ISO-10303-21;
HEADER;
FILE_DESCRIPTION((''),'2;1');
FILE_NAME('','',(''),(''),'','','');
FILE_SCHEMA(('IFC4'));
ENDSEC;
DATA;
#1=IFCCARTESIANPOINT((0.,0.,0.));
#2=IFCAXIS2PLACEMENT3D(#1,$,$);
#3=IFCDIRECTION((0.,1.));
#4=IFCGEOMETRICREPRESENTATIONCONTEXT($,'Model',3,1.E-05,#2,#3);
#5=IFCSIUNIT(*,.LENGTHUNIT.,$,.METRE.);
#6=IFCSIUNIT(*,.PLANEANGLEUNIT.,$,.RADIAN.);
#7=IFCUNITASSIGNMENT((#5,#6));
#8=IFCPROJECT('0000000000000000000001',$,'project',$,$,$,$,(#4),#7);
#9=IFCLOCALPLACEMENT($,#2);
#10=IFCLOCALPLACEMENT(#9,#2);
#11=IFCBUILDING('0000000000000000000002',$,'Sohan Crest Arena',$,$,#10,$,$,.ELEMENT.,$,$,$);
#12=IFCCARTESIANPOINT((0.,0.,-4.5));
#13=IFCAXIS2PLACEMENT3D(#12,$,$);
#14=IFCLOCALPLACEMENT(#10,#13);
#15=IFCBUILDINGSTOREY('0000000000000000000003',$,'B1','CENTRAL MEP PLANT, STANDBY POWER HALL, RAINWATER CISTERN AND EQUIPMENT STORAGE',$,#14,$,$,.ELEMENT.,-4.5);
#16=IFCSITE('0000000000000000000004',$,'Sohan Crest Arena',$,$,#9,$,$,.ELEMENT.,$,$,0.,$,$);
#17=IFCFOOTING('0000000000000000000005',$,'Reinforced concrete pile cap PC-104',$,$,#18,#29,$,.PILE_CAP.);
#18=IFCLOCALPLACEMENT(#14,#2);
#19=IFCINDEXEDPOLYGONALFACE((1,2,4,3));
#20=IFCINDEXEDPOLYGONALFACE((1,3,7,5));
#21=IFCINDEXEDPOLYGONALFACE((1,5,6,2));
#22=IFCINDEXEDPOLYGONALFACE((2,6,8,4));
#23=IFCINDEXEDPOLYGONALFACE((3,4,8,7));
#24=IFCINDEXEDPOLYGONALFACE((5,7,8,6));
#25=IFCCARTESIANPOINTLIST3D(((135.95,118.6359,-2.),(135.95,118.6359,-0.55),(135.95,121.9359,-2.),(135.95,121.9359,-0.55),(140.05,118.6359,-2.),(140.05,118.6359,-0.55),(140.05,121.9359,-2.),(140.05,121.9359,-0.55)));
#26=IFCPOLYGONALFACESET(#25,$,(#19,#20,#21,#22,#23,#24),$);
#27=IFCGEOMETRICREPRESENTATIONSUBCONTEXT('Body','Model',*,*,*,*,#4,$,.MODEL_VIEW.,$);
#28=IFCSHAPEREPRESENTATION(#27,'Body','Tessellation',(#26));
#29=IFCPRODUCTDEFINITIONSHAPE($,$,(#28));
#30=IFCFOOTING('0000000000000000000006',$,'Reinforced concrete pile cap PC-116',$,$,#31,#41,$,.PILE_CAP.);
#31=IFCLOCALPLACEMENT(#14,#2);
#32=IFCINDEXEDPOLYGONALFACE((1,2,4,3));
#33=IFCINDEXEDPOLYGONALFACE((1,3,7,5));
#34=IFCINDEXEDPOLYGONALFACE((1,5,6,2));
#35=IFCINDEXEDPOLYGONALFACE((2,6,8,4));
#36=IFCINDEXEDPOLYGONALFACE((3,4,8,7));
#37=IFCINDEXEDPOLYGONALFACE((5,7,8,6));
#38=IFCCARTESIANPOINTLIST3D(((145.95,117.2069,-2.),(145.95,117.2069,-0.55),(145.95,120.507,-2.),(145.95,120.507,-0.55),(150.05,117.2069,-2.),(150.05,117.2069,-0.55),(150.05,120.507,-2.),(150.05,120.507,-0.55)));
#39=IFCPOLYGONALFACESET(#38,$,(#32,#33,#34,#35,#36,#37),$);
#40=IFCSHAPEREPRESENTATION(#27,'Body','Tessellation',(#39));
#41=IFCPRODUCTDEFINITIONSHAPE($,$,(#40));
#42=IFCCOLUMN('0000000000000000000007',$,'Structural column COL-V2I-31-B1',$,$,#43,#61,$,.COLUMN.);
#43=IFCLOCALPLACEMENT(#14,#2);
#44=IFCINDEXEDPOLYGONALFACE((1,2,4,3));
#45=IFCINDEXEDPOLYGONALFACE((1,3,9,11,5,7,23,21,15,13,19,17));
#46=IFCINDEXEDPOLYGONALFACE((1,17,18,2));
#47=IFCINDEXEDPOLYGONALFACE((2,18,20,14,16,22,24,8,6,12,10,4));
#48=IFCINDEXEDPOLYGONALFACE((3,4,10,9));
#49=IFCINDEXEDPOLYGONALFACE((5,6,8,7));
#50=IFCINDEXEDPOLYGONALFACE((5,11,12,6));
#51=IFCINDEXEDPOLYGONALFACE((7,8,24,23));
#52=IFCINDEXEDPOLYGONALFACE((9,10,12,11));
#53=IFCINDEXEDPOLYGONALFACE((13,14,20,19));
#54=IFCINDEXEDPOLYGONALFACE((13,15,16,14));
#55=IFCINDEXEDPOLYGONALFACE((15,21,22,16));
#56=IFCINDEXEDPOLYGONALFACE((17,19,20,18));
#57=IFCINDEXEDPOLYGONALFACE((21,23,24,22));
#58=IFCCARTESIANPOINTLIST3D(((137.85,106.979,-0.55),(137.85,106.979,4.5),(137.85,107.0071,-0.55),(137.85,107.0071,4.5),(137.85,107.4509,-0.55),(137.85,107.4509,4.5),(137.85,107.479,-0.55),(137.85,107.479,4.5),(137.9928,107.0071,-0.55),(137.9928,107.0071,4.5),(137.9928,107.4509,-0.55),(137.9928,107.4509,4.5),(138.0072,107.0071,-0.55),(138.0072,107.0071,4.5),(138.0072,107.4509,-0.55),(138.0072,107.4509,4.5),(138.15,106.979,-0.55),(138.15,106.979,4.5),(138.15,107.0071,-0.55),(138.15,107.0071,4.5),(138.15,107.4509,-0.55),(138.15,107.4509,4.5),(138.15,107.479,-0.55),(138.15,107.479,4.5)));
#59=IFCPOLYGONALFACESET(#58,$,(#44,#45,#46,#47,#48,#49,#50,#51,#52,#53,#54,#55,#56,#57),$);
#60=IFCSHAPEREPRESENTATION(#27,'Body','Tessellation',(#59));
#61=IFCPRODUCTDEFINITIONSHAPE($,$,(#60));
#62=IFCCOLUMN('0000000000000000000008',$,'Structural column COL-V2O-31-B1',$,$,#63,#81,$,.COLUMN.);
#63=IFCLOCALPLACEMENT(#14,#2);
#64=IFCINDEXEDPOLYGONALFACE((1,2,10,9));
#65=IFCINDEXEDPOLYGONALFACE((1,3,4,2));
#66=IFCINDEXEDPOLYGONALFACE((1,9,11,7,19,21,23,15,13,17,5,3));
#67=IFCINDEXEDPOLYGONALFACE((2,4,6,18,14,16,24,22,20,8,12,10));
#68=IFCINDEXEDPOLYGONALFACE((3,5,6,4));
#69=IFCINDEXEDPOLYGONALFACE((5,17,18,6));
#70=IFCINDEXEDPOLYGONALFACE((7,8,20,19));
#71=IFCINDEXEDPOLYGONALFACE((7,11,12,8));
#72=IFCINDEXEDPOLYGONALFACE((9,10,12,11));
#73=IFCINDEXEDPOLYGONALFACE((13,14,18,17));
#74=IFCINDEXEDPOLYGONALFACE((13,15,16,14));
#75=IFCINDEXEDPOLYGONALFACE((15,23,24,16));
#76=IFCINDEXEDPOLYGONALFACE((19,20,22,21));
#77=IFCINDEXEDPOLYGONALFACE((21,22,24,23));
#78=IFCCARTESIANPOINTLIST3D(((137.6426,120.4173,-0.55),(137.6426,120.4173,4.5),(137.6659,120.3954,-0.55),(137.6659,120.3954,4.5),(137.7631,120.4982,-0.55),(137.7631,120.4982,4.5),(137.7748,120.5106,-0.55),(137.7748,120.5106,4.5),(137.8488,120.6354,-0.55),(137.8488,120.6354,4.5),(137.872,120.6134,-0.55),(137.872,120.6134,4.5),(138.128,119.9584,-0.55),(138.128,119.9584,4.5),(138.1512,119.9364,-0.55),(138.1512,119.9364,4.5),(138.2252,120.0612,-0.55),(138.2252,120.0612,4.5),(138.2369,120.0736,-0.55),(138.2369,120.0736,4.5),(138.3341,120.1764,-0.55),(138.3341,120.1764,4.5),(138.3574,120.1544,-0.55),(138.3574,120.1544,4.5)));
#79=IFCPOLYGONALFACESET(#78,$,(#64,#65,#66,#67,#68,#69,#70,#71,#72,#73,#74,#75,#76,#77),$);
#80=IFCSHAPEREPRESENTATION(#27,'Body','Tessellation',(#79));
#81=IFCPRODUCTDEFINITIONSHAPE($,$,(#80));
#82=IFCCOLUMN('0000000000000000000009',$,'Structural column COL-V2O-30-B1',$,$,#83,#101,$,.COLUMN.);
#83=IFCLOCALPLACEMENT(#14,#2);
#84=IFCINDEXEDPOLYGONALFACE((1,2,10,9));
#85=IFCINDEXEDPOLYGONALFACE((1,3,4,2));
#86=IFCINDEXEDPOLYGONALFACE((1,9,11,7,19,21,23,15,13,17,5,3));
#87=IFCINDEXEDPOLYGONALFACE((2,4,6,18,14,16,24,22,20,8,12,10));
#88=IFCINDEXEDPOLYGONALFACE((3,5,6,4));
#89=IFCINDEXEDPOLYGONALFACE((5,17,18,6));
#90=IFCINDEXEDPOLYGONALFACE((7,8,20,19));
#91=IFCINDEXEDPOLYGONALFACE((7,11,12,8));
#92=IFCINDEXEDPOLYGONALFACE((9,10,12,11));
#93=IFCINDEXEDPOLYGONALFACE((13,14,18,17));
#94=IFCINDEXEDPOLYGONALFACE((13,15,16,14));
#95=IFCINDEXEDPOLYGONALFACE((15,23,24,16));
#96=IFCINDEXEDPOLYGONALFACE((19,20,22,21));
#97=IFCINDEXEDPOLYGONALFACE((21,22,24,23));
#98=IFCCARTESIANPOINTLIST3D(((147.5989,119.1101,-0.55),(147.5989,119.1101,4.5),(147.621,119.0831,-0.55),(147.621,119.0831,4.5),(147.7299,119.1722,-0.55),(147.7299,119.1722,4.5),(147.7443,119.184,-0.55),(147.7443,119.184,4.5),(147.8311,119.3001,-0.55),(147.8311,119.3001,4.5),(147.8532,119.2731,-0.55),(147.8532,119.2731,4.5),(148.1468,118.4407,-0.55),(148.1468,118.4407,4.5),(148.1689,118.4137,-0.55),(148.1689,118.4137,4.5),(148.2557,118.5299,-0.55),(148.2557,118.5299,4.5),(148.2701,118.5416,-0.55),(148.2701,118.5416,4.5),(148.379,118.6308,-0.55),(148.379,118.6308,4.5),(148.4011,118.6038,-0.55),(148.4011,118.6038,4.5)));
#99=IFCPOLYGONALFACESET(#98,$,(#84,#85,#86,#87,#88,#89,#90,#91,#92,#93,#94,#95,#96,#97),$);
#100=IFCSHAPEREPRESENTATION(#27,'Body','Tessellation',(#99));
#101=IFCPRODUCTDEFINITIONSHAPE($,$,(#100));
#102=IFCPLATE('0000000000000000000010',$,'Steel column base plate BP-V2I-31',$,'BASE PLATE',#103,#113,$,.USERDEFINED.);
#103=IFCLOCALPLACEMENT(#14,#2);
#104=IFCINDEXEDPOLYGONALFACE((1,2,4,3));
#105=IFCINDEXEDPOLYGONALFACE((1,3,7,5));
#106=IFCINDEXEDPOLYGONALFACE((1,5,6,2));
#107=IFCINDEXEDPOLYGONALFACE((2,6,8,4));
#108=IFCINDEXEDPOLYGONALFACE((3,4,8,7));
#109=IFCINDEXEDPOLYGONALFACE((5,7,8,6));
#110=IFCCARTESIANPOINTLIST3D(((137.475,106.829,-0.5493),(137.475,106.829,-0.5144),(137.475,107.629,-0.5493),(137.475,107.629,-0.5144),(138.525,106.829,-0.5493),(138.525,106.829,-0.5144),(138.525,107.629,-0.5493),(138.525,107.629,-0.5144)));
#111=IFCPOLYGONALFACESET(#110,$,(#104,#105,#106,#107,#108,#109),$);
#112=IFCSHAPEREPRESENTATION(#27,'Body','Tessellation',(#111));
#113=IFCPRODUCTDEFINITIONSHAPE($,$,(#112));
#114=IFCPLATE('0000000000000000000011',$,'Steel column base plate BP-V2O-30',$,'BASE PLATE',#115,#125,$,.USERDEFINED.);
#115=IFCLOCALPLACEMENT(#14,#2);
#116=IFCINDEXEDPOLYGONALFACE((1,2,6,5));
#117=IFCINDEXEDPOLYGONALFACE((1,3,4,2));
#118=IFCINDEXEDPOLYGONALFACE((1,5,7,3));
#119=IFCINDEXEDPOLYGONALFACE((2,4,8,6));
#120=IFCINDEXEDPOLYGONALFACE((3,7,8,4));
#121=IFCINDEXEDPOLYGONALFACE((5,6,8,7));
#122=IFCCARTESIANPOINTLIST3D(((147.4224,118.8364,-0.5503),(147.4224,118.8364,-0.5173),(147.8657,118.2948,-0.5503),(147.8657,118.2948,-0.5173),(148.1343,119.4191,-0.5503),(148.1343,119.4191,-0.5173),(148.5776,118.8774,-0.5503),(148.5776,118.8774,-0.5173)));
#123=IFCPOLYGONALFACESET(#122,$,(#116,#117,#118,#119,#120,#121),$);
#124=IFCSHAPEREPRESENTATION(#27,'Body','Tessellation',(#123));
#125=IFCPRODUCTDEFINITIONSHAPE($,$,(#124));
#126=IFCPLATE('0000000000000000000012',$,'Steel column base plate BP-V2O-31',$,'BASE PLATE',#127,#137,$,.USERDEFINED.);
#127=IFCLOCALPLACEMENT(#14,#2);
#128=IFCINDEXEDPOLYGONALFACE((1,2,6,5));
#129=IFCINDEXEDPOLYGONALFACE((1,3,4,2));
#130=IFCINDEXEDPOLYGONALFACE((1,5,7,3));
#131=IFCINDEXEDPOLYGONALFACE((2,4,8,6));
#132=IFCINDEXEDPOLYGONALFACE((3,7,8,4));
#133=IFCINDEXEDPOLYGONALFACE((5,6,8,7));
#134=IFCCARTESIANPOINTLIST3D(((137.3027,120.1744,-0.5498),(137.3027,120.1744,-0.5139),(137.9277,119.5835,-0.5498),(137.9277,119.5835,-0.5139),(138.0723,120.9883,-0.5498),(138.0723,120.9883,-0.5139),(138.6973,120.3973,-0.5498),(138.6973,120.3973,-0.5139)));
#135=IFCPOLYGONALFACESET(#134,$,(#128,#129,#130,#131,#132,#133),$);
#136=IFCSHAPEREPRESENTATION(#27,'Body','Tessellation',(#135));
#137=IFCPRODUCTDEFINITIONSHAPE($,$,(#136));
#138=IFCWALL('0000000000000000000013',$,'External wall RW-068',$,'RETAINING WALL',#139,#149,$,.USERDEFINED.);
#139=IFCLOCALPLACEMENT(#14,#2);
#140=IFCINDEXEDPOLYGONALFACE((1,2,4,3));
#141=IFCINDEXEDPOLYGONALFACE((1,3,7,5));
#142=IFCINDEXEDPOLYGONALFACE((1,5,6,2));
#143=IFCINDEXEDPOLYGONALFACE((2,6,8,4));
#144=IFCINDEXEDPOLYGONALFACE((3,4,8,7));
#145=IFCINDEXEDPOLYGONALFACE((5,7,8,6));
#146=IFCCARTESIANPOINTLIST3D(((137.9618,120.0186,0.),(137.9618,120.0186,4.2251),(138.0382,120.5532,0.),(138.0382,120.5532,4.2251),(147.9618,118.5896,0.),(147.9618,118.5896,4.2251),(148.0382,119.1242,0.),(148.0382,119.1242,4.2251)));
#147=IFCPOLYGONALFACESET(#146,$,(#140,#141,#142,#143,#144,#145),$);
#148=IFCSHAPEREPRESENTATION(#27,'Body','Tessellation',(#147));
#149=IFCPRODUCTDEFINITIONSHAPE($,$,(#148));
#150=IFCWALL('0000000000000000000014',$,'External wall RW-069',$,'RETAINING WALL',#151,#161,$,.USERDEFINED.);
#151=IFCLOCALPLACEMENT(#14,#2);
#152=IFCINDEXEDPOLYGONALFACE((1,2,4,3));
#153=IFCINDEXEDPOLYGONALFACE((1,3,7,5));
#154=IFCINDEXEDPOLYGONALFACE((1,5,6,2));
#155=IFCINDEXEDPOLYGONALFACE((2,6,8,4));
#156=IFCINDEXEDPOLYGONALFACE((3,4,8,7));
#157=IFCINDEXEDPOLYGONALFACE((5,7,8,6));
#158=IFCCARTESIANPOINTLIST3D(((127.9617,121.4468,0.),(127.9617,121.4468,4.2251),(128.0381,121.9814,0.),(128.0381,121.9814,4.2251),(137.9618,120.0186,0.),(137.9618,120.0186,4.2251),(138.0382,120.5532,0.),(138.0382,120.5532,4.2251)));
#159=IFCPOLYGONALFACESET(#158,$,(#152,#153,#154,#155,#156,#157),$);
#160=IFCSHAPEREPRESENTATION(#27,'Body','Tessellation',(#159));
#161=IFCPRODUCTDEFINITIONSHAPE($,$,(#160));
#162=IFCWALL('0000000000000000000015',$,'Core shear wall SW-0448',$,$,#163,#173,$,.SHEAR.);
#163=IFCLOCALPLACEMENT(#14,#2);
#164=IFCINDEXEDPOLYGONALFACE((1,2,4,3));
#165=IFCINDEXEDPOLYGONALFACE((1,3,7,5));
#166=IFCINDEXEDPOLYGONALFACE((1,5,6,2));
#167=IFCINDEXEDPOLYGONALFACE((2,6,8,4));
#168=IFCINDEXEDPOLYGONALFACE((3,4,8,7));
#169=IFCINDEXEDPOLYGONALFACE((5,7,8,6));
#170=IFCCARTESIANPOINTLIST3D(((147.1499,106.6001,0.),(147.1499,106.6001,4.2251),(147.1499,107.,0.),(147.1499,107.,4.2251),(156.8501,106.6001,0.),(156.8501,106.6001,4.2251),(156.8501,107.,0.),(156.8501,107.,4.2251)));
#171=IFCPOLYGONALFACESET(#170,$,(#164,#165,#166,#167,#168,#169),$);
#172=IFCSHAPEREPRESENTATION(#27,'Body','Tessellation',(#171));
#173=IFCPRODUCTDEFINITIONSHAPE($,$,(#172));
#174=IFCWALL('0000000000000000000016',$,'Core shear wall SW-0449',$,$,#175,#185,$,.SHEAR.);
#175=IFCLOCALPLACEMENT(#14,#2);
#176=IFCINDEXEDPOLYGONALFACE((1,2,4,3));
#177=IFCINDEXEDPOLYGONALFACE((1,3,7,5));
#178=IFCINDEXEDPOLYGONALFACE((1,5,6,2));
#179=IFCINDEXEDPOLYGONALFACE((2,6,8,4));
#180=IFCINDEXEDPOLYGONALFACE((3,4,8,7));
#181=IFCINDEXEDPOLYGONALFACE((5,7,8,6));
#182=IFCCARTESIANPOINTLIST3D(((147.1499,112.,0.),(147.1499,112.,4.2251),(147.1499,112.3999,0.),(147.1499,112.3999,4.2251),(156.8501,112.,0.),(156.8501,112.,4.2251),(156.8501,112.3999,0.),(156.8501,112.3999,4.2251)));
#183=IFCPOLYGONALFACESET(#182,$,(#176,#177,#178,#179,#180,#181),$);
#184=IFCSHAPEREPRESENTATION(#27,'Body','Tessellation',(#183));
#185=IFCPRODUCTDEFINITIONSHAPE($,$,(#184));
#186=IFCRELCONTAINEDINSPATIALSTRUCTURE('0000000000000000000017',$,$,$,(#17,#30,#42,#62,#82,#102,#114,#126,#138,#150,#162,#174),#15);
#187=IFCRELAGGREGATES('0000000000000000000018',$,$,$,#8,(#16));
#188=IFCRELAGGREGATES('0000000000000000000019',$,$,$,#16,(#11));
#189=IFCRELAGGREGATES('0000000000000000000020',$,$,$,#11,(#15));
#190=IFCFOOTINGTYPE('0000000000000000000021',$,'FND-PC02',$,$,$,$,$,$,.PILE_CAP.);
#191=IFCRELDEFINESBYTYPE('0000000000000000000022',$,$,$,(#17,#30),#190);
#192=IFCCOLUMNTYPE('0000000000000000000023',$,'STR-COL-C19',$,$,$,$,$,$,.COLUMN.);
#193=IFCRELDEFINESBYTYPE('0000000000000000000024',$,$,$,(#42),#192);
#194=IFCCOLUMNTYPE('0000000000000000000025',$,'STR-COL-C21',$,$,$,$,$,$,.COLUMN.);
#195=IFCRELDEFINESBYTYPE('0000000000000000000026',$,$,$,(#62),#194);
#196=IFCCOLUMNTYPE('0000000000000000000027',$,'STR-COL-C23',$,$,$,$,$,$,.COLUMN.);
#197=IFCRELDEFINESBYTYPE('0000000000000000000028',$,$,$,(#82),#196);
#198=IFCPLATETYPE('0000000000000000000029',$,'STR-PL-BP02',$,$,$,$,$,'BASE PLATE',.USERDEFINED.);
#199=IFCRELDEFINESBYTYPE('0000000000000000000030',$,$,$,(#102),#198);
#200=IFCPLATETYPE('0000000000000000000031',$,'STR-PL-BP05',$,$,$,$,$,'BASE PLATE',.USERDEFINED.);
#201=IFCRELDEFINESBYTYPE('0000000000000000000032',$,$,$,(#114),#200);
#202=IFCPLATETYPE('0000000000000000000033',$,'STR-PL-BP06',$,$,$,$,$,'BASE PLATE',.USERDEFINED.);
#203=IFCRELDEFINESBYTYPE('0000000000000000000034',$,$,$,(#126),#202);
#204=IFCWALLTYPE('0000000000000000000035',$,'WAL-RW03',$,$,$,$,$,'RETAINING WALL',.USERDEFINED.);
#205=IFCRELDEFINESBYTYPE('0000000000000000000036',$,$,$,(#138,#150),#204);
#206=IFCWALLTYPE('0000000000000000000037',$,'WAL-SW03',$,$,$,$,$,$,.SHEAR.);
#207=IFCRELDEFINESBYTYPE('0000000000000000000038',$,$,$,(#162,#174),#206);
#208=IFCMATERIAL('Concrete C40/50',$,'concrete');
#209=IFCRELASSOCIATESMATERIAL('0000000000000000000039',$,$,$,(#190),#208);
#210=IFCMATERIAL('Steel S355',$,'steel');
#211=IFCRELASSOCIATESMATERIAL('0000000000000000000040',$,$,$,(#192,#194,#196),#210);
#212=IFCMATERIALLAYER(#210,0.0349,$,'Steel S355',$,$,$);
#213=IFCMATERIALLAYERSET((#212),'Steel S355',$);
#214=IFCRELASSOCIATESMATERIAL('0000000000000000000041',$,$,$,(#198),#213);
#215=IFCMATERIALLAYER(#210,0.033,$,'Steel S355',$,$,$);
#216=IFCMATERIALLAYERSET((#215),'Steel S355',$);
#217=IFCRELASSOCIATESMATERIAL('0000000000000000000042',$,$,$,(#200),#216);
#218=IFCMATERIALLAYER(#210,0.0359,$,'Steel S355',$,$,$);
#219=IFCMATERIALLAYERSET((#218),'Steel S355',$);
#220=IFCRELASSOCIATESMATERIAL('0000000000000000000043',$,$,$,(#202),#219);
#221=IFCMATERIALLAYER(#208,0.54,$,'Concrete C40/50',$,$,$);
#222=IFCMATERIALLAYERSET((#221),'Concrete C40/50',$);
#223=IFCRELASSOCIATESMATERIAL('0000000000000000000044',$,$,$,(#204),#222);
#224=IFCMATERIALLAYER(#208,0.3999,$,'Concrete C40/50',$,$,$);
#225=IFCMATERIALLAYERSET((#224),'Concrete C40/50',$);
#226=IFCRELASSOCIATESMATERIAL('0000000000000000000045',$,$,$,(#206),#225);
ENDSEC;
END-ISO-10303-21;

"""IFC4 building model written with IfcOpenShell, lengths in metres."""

from ifc_helpers import new_model, si_unit, direction, frame, frame_2d, origin, origin_2d, place, context, subcontext, project, spatial, rectangle, i_section, extrude, material, layer, layer_set, material_profile, profile_set, type_object, element, save


model = new_model("IFC4")

# Units and contexts
model_context = context("Model", 3, precision=1e-05, world=origin(), true_north=direction((0.0, 1.0)))
body_context = subcontext(model_context, "Body", "Model", "MODEL_VIEW")
ifc_project = project(units=[si_unit("LENGTHUNIT", "METRE"), si_unit("PLANEANGLEUNIT", "RADIAN")], contexts=[model_context])

# Site, building, storey
site_placement = place(None, origin())
site = spatial("IfcSite", under=ifc_project, at=site_placement, Name="Sohan Crest Arena", CompositionType="ELEMENT", RefElevation=0.0)
building_placement = place(site_placement, origin())
building = spatial("IfcBuilding", under=site, at=building_placement, Name="Sohan Crest Arena", CompositionType="ELEMENT")
storey_placement = place(building_placement, frame((0.0, 0.0, -4.5)))
storey = spatial("IfcBuildingStorey", under=building, at=storey_placement, Name="B1", Description="CENTRAL MEP PLANT, STANDBY POWER HALL, RAINWATER CISTERN AND EQUIPMENT STORAGE", CompositionType="ELEMENT", Elevation=-4.5)

# Shared definitions
ifc_material_1 = material(Name="Concrete C40/50", Category="concrete")

# Footings
footing_type_1 = type_object("IfcFootingType", Name="FND-PC02", PredefinedType="PILE_CAP", material=ifc_material_1)
for number, where, z_axis, x_axis, name in (
    (1, (138.0, 120.2859, -2.0), (0.0, 0.0, 1.0), (1.0, 0.0, 0.0), "Reinforced concrete pile cap PC-104"),
    (2, (148.0, 118.8569, -2.0), (0.0, 0.0, 1.0), (1.0, 0.0, 0.0), "Reinforced concrete pile cap PC-116"),
):
    element("IfcFooting", number, at=place(storey_placement, frame(where, z_axis=z_axis, x_axis=x_axis)), inside=storey, type_object=footing_type_1, Name=name, PredefinedType="PILE_CAP", context=body_context, shape_type="SweptSolid", body=[
        extrude(rectangle(XDim=4.1001, YDim=3.3, at=origin_2d()), origin(), (0.0, 0.0, 1.0), 1.45),
    ])

# Columns
ifc_material_2 = material(Name="Steel S355", Category="steel")
ifc_material_profile_1 = material_profile(ifc_material_2, i_section(OverallWidth=0.3, OverallDepth=0.5, WebThickness=0.0144, FlangeThickness=0.0281, at=origin_2d()), Name="HEB 500")
ifc_profile_set_1 = profile_set([ifc_material_profile_1], Name="Steel S355")
column_type_1 = type_object("IfcColumnType", Name="STR-COL-C19", PredefinedType="COLUMN", material=ifc_profile_set_1)
column_1_placement = place(storey_placement, frame((138.0, 107.229, -0.55), z_axis=(0.0, 0.0, 1.0), x_axis=(1.0, 0.0, 0.0)))
element("IfcColumn", 3, at=column_1_placement, inside=storey, type_object=column_type_1, Name="Structural column COL-V2I-31-B1", PredefinedType="COLUMN", context=body_context, shape_type="SweptSolid", body=[
    extrude(i_section(OverallWidth=0.3, OverallDepth=0.5, WebThickness=0.0144, FlangeThickness=0.0281, at=origin_2d()), origin(), (0.0, 0.0, 1.0), 5.05),
])
ifc_material_profile_2 = material_profile(ifc_material_2, i_section(OverallWidth=0.3, OverallDepth=0.7, WebThickness=0.0171, FlangeThickness=0.032, at=origin_2d()), Name="HEB 700")
ifc_profile_set_2 = profile_set([ifc_material_profile_2], Name="Steel S355")
column_type_2 = type_object("IfcColumnType", Name="STR-COL-C21", PredefinedType="COLUMN", material=ifc_profile_set_2)
column_2_placement = place(storey_placement, frame((138.0, 120.2859, -0.55), z_axis=(0.0, 0.0, 1.0), x_axis=(0.687088, 0.726575, 0.0)))
element("IfcColumn", 4, at=column_2_placement, inside=storey, type_object=column_type_2, Name="Structural column COL-V2O-31-B1", PredefinedType="COLUMN", context=body_context, shape_type="SweptSolid", body=[
    extrude(i_section(OverallWidth=0.3, OverallDepth=0.7, WebThickness=0.0171, FlangeThickness=0.032, at=origin_2d()), origin(), (0.0, 0.0, 1.0), 5.05),
])
ifc_material_profile_3 = material_profile(ifc_material_2, i_section(OverallWidth=0.3, OverallDepth=0.8999, WebThickness=0.0186, FlangeThickness=0.0349, at=origin_2d()), Name="HEB 900")
ifc_profile_set_3 = profile_set([ifc_material_profile_3], Name="Steel S355")
column_type_3 = type_object("IfcColumnType", Name="STR-COL-C23", PredefinedType="COLUMN", material=ifc_profile_set_3)
column_3_placement = place(storey_placement, frame((148.0, 118.8569, -0.55), z_axis=(0.0, 0.0, 1.0), x_axis=(0.77384, 0.633381, 0.0)))
element("IfcColumn", 5, at=column_3_placement, inside=storey, type_object=column_type_3, Name="Structural column COL-V2O-30-B1", PredefinedType="COLUMN", context=body_context, shape_type="SweptSolid", body=[
    extrude(i_section(OverallWidth=0.3, OverallDepth=0.8999, WebThickness=0.0186, FlangeThickness=0.0349, at=origin_2d()), origin(), (0.0, 0.0, 1.0), 5.05),
])

# Plates
ifc_layer_1 = layer(ifc_material_2, 0.0349, Name="Steel S355")
ifc_layer_set_1 = layer_set([ifc_layer_1], Name="Steel S355")
plate_type_1 = type_object("IfcPlateType", Name="STR-PL-BP02", ElementType="BASE PLATE", PredefinedType="USERDEFINED", material=ifc_layer_set_1)
plate_1_placement = place(storey_placement, frame((138.0, 107.229, -0.5493), z_axis=(0.0, 0.0, 1.0), x_axis=(1.0, 0.0, 0.0)))
element("IfcPlate", 6, at=plate_1_placement, inside=storey, type_object=plate_type_1, Name="Steel column base plate BP-V2I-31", ObjectType="BASE PLATE", PredefinedType="USERDEFINED", context=body_context, shape_type="SweptSolid", body=[
    extrude(rectangle(XDim=1.05, YDim=0.8, at=origin_2d()), origin(), (0.0, 0.0, 1.0), 0.0349),
])
ifc_layer_2 = layer(ifc_material_2, 0.033, Name="Steel S355")
ifc_layer_set_2 = layer_set([ifc_layer_2], Name="Steel S355")
plate_type_2 = type_object("IfcPlateType", Name="STR-PL-BP05", ElementType="BASE PLATE", PredefinedType="USERDEFINED", material=ifc_layer_set_2)
plate_2_placement = place(storey_placement, frame((148.0, 118.8569, -0.5503), z_axis=(0.0, 0.0, 1.0), x_axis=(0.77384, 0.633381, 0.0)))
element("IfcPlate", 7, at=plate_2_placement, inside=storey, type_object=plate_type_2, Name="Steel column base plate BP-V2O-30", ObjectType="BASE PLATE", PredefinedType="USERDEFINED", context=body_context, shape_type="SweptSolid", body=[
    extrude(rectangle(XDim=0.9199, YDim=0.7, at=origin_2d()), origin(), (0.0, 0.0, 1.0), 0.033),
])
ifc_layer_3 = layer(ifc_material_2, 0.0359, Name="Steel S355")
ifc_layer_set_3 = layer_set([ifc_layer_3], Name="Steel S355")
plate_type_3 = type_object("IfcPlateType", Name="STR-PL-BP06", ElementType="BASE PLATE", PredefinedType="USERDEFINED", material=ifc_layer_set_3)
plate_3_placement = place(storey_placement, frame((138.0, 120.2859, -0.5498), z_axis=(0.0, 0.0, 1.0), x_axis=(0.687088, 0.726575, 0.0)))
element("IfcPlate", 8, at=plate_3_placement, inside=storey, type_object=plate_type_3, Name="Steel column base plate BP-V2O-31", ObjectType="BASE PLATE", PredefinedType="USERDEFINED", context=body_context, shape_type="SweptSolid", body=[
    extrude(rectangle(XDim=1.1201, YDim=0.8601, at=origin_2d()), origin(), (0.0, 0.0, 1.0), 0.0359),
])

# Walls
ifc_layer_4 = layer(ifc_material_1, 0.54, Name="Concrete C40/50")
ifc_layer_set_4 = layer_set([ifc_layer_4], Name="Concrete C40/50")
wall_type_1 = type_object("IfcWallType", Name="WAL-RW03", ElementType="RETAINING WALL", PredefinedType="USERDEFINED", material=ifc_layer_set_4)
for number, where, z_axis, x_axis, name in (
    (9, (148.0, 118.8569, 0.0), (0.0, 0.0, 1.0), (-0.989944, 0.141459, 0.0), "External wall RW-068"),
    (10, (138.0, 120.2859, 0.0), (0.0, 0.0, 1.0), (-0.989954, 0.141388, 0.0), "External wall RW-069"),
):
    element("IfcWall", number, at=place(storey_placement, frame(where, z_axis=z_axis, x_axis=x_axis)), inside=storey, type_object=wall_type_1, Name=name, ObjectType="RETAINING WALL", PredefinedType="USERDEFINED", context=body_context, shape_type="SweptSolid", body=[
        extrude(rectangle(XDim=10.1016, YDim=0.54, at=frame_2d((5.0508, 0.0))), origin(), (0.0, 0.0, 1.0), 4.2251),
    ])
ifc_layer_5 = layer(ifc_material_1, 0.3999, Name="Concrete C40/50")
ifc_layer_set_5 = layer_set([ifc_layer_5], Name="Concrete C40/50")
wall_type_2 = type_object("IfcWallType", Name="WAL-SW03", PredefinedType="SHEAR", material=ifc_layer_set_5)
for number, where, z_axis, x_axis, name in (
    (11, (147.1499, 106.8, 0.0), (0.0, 0.0, 1.0), (1.0, 0.0, 0.0), "Core shear wall SW-0448"),
    (12, (147.1499, 112.2, 0.0), (0.0, 0.0, 1.0), (1.0, 0.0, 0.0), "Core shear wall SW-0449"),
):
    element("IfcWall", number, at=place(storey_placement, frame(where, z_axis=z_axis, x_axis=x_axis)), inside=storey, type_object=wall_type_2, Name=name, PredefinedType="SHEAR", context=body_context, shape_type="SweptSolid", body=[
        extrude(rectangle(XDim=9.7002, YDim=0.3999, at=frame_2d((4.8501, 0.0))), origin(), (0.0, 0.0, 1.0), 4.2251),
    ])

save(model, "model.ifc")
